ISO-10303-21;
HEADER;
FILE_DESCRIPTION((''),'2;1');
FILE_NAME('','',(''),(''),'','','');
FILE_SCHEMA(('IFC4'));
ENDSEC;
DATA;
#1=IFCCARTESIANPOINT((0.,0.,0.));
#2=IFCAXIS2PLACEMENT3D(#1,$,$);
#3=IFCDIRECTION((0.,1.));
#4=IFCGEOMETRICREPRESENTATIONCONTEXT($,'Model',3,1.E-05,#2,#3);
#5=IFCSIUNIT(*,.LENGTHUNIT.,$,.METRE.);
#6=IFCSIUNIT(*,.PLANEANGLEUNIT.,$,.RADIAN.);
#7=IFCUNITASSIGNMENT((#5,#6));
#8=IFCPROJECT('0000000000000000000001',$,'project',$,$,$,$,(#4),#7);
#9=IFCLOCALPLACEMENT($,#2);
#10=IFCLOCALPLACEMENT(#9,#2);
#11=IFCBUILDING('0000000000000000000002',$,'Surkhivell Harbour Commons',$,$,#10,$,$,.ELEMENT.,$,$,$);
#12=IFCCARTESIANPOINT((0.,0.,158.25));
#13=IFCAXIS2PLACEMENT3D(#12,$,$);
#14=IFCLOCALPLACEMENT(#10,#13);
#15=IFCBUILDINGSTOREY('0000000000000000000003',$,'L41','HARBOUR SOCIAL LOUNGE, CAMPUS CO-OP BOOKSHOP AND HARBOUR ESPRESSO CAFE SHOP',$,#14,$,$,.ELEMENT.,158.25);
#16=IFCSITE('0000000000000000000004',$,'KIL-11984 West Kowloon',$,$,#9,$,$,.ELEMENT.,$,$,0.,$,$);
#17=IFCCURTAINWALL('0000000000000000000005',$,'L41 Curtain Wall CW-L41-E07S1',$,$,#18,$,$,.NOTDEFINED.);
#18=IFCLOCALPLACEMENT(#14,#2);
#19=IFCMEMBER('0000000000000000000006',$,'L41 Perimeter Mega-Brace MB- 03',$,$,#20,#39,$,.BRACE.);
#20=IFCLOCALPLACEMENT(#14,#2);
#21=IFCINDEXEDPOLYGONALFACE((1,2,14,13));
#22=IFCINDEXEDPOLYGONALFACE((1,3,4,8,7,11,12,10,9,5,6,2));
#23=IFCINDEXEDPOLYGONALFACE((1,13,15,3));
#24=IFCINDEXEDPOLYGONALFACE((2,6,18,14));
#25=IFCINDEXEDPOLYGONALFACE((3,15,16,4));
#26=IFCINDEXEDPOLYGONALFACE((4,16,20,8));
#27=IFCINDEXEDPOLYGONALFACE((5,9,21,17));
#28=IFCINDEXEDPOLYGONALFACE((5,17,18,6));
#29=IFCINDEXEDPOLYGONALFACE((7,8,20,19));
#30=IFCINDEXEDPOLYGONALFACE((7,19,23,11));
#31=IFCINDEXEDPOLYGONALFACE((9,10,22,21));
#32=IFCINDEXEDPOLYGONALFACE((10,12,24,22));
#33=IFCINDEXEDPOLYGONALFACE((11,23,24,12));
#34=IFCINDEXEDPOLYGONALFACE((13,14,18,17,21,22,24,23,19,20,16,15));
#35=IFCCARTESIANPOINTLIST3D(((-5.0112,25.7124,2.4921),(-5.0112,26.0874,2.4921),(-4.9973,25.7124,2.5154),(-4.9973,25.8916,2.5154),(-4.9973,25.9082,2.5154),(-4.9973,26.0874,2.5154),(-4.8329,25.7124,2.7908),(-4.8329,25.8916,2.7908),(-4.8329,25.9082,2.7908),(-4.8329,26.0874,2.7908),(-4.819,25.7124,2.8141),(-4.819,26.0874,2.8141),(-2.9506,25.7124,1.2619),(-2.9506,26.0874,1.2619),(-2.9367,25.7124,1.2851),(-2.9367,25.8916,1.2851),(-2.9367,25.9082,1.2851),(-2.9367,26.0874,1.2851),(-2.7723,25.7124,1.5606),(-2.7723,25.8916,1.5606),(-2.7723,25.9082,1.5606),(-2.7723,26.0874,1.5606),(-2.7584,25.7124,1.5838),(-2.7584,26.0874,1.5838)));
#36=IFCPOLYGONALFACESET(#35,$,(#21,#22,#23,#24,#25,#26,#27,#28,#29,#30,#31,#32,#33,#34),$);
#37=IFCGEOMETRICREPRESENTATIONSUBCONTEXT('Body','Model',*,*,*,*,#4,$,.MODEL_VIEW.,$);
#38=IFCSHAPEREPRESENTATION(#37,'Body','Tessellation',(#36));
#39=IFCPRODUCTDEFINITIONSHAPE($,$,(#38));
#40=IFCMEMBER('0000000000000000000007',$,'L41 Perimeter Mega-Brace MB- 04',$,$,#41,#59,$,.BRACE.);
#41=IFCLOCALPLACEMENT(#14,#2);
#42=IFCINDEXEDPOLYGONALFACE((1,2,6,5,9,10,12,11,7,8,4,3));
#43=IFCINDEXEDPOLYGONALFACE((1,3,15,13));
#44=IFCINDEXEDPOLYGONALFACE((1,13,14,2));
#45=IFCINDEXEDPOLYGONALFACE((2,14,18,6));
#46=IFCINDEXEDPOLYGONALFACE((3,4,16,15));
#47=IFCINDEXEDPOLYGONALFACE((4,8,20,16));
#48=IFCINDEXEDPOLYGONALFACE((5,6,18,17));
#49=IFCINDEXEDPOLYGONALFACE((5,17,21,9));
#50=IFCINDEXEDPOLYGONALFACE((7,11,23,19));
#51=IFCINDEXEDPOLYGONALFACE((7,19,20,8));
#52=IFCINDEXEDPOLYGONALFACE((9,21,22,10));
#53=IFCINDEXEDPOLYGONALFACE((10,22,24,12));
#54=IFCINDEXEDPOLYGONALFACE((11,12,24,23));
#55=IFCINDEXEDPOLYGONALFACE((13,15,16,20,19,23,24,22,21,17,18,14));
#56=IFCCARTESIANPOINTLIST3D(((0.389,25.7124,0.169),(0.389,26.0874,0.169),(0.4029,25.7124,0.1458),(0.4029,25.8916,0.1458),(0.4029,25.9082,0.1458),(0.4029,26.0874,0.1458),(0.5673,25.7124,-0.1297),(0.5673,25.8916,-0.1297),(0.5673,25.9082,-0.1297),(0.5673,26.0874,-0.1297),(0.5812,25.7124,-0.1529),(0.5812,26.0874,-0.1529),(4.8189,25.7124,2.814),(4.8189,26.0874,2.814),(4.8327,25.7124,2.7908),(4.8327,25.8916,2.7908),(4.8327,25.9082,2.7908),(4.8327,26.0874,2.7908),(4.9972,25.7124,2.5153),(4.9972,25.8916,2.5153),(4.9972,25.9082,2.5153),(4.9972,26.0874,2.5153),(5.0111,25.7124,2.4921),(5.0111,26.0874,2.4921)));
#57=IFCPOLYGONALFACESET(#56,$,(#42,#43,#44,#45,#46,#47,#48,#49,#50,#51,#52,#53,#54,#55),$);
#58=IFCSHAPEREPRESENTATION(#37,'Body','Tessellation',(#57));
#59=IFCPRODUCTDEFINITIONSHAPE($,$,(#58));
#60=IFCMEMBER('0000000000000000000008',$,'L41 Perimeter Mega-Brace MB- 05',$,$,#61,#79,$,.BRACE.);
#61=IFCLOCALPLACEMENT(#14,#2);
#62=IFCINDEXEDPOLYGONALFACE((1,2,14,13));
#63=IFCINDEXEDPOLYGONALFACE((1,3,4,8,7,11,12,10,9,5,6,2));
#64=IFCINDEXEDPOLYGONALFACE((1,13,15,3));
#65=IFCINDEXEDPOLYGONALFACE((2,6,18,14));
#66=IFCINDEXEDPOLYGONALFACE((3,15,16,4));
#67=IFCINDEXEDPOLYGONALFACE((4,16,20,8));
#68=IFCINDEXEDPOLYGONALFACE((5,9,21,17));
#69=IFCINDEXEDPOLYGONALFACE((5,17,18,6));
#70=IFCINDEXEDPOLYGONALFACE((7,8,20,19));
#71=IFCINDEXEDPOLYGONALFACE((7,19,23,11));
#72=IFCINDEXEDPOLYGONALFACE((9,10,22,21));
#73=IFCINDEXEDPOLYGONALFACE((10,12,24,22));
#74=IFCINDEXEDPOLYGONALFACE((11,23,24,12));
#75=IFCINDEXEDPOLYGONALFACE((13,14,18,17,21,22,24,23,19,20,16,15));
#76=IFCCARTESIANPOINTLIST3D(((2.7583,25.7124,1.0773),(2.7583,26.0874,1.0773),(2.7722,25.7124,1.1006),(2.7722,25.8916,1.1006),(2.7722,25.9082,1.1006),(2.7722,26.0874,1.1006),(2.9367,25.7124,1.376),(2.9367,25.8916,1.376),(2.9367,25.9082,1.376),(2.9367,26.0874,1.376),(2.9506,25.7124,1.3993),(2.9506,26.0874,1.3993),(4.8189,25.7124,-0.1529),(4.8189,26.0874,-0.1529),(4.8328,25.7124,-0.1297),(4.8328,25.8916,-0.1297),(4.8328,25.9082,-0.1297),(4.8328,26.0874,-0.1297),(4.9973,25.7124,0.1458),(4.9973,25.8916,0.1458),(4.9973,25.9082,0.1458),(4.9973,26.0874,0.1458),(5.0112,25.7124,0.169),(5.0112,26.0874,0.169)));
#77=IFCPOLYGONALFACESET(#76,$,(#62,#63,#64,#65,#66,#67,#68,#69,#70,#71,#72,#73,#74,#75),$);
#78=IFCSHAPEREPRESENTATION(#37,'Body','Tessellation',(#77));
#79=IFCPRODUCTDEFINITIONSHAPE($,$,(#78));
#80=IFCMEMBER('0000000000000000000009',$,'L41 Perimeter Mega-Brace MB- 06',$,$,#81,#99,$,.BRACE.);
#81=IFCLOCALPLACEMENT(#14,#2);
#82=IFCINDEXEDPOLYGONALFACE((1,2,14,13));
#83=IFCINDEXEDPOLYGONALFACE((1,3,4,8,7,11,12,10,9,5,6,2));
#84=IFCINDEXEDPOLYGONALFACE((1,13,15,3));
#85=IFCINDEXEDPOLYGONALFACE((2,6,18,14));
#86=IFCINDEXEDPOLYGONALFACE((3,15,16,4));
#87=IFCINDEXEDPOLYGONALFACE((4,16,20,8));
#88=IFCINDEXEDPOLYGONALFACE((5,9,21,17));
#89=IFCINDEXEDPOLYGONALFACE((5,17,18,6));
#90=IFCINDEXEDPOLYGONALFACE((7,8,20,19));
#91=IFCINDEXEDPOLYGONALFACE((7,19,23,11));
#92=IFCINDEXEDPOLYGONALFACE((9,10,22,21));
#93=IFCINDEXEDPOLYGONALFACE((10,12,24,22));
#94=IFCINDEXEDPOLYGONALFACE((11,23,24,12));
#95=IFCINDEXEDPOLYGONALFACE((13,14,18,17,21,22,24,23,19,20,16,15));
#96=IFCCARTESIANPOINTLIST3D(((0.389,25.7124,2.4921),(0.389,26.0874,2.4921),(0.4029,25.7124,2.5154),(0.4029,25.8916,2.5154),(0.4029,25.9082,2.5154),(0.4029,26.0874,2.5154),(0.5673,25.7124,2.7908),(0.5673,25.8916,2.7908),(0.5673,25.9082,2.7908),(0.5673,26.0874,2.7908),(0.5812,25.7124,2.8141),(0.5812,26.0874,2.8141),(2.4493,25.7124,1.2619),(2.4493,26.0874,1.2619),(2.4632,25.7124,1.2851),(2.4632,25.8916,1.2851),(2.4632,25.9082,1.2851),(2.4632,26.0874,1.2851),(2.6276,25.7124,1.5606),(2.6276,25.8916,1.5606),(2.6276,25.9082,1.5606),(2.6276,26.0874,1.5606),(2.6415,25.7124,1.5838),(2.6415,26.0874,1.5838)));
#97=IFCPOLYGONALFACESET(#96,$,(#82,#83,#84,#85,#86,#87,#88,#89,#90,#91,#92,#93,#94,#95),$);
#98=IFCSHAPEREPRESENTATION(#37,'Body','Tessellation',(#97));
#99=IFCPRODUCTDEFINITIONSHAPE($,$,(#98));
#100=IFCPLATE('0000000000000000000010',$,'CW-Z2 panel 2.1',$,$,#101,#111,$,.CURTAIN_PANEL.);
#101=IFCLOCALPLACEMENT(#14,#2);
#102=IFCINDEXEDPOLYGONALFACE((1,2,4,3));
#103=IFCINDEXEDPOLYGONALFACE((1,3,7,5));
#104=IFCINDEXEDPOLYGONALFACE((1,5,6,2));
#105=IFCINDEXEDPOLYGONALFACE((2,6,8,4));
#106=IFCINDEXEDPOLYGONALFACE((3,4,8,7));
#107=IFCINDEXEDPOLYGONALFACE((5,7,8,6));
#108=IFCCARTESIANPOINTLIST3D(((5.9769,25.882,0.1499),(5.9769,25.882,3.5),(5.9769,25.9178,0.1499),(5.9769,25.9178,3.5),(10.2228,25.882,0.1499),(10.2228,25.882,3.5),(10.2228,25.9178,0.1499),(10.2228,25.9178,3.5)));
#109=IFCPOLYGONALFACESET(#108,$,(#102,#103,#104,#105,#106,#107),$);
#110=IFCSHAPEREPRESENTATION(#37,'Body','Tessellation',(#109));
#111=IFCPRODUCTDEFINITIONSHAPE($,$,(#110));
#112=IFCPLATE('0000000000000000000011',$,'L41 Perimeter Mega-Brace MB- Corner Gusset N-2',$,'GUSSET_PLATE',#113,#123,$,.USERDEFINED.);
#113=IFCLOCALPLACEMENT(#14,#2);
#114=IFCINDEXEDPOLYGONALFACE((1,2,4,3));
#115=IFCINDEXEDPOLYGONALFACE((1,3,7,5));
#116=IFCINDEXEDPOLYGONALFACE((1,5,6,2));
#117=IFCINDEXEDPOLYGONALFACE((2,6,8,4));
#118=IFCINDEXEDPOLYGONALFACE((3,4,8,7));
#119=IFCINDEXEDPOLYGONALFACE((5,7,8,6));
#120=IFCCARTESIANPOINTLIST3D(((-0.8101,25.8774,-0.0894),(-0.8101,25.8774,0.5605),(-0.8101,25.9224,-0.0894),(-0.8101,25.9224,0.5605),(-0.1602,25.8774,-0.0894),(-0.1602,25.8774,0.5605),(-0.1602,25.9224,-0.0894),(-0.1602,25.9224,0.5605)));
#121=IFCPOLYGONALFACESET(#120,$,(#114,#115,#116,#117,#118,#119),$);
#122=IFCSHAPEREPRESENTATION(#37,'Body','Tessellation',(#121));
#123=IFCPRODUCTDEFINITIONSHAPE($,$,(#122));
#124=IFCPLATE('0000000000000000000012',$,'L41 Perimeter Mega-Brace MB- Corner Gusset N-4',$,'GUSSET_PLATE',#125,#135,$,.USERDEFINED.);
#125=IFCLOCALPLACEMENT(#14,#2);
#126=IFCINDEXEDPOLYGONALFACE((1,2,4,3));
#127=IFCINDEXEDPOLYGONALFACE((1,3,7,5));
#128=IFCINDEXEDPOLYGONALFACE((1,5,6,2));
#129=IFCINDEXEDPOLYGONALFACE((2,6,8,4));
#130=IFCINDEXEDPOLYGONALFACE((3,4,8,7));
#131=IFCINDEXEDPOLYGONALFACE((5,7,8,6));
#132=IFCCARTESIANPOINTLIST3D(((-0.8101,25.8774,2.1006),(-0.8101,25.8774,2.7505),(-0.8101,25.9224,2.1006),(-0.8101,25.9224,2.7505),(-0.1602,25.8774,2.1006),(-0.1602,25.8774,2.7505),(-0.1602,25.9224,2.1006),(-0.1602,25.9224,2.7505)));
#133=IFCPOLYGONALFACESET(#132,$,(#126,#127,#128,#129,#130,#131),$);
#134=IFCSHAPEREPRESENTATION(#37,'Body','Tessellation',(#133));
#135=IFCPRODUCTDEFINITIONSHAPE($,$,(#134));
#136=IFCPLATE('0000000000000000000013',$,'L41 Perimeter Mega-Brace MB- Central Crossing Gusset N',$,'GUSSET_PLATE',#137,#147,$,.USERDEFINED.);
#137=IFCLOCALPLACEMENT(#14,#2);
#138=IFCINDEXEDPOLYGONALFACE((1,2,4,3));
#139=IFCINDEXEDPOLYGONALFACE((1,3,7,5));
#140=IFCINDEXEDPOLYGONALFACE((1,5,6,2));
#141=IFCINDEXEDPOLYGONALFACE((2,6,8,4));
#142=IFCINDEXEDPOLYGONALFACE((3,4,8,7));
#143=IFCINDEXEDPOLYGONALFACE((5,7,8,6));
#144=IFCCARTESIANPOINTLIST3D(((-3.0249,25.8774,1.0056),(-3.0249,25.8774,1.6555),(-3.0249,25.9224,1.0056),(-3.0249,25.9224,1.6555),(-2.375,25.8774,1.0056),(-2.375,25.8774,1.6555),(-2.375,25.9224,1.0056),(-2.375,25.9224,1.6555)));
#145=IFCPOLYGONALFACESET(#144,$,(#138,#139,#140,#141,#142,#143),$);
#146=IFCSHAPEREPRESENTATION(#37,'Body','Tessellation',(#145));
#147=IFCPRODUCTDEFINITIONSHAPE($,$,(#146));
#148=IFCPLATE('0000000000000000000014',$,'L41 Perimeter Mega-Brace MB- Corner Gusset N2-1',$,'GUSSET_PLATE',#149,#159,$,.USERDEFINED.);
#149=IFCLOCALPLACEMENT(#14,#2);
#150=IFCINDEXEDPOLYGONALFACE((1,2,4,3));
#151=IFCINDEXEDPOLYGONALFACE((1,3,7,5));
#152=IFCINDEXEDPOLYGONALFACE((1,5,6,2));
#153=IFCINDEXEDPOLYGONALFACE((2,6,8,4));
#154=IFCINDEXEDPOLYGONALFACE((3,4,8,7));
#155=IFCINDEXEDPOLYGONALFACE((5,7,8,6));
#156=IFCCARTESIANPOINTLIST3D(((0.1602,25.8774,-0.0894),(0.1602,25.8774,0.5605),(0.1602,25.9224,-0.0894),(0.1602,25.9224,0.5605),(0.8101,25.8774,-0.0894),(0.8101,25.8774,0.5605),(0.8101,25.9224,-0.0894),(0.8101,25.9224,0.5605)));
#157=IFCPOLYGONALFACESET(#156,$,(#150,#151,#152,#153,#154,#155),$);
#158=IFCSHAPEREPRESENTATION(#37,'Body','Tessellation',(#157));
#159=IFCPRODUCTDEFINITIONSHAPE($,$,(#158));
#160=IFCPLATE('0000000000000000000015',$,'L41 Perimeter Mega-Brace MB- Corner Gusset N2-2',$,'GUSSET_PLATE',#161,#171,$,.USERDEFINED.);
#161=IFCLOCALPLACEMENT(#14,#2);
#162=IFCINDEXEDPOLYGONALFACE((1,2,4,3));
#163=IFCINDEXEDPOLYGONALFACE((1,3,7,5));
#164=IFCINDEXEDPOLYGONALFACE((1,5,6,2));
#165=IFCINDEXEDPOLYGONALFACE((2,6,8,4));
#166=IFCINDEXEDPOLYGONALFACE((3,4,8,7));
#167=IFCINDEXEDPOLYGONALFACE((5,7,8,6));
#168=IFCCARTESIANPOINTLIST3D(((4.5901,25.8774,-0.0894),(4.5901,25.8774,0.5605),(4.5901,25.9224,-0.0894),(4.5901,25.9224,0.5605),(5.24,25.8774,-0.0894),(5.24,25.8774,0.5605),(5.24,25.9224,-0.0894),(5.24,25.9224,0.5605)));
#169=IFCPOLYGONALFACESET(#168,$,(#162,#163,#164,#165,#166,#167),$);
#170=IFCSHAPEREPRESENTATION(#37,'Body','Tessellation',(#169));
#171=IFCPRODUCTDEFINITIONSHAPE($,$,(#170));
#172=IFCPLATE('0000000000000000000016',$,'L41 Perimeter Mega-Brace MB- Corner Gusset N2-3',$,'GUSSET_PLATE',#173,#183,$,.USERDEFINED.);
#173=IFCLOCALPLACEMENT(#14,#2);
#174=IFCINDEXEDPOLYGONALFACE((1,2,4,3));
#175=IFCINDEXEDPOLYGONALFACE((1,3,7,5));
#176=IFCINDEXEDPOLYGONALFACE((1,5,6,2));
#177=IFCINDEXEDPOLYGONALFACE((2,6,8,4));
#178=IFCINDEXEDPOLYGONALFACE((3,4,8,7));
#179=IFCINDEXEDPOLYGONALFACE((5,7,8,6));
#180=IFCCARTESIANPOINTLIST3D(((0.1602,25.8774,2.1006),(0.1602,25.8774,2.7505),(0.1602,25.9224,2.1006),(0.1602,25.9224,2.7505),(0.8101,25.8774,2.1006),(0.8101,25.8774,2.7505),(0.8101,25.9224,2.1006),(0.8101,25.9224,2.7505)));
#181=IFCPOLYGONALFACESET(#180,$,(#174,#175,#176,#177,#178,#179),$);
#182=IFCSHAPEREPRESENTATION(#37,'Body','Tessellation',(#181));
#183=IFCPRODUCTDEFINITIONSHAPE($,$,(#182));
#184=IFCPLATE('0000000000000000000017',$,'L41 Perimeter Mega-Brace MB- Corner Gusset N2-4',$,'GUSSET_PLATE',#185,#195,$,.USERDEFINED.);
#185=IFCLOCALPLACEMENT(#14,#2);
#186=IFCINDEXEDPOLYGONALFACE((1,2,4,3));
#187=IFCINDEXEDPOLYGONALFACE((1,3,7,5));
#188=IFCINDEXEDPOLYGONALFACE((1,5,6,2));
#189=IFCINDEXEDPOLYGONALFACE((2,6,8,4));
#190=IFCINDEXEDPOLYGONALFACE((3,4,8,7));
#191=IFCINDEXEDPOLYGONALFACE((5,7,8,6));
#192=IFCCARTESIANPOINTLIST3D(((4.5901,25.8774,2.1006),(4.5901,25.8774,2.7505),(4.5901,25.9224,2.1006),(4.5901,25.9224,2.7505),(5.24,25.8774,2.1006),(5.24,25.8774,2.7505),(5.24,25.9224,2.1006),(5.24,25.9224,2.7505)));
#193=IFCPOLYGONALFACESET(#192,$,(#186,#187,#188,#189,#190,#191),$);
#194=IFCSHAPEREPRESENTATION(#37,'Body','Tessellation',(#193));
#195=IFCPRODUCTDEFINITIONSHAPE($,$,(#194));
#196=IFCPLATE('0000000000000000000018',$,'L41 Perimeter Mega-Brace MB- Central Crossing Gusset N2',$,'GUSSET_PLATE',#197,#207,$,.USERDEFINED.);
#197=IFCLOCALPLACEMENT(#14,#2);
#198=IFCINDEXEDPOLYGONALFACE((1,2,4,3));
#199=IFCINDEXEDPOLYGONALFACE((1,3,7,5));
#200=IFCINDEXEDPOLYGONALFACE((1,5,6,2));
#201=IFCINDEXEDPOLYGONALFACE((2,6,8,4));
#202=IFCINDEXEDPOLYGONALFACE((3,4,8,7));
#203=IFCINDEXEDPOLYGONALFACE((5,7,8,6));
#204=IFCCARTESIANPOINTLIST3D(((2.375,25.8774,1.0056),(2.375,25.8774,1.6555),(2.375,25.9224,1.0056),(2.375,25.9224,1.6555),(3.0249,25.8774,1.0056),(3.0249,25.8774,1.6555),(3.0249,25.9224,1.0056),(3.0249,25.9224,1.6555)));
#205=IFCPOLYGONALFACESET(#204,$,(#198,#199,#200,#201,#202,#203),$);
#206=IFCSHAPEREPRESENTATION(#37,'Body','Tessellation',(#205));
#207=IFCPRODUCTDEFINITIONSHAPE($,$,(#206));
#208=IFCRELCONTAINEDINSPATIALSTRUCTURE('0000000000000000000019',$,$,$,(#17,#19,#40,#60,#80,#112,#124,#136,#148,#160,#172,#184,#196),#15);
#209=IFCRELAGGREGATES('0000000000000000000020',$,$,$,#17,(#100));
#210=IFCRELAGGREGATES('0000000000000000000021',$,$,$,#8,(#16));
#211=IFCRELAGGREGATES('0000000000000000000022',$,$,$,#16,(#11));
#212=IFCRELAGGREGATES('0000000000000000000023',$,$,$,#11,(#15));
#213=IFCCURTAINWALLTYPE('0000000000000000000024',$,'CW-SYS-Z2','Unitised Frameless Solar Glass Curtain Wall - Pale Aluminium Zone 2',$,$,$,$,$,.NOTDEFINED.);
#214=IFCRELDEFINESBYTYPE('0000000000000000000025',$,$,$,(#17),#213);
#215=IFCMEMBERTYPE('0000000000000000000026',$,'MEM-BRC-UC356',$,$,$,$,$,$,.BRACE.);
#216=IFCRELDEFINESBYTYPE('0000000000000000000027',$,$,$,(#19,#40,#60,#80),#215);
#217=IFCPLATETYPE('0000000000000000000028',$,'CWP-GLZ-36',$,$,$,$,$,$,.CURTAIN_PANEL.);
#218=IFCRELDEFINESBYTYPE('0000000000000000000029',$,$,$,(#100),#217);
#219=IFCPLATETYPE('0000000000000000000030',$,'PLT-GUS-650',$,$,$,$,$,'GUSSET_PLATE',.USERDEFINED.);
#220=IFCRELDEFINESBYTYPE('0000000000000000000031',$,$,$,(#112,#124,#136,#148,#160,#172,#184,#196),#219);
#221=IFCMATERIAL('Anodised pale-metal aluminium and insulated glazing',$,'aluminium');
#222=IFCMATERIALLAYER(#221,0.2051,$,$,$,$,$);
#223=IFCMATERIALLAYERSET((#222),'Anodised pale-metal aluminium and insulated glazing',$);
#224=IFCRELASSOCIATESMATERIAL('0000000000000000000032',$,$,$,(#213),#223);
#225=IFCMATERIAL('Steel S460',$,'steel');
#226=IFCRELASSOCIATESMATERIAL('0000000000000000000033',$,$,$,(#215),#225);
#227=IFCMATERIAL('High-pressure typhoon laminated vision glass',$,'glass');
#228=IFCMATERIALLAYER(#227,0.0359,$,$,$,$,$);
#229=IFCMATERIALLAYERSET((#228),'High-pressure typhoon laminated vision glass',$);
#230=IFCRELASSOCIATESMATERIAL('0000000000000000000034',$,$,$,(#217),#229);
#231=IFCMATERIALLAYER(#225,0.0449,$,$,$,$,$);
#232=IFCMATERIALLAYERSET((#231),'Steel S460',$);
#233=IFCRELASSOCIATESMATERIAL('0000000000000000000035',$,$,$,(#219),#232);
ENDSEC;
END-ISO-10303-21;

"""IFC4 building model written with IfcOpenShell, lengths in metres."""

from ifc_helpers import new_model, si_unit, direction, frame, frame_2d, origin, origin_2d, place, context, subcontext, project, spatial, rectangle, i_section, extrude, material, layer, layer_set, material_profile, profile_set, type_object, element, aggregate, save


model = new_model("IFC4")

# Units and contexts
model_context = context("Model", 3, precision=1e-05, world=origin(), true_north=direction((0.0, 1.0)))
body_context = subcontext(model_context, "Body", "Model", "MODEL_VIEW")
ifc_project = project(units=[si_unit("LENGTHUNIT", "METRE"), si_unit("PLANEANGLEUNIT", "RADIAN")], contexts=[model_context])

# Site, building, storey
site_placement = place(None, origin())
site = spatial("IfcSite", under=ifc_project, at=site_placement, Name="KIL-11984 West Kowloon", CompositionType="ELEMENT", RefElevation=0.0)
building_placement = place(site_placement, origin())
building = spatial("IfcBuilding", under=site, at=building_placement, Name="Surkhivell Harbour Commons", CompositionType="ELEMENT")
storey_placement = place(building_placement, frame((0.0, 0.0, 158.25)))
storey = spatial("IfcBuildingStorey", under=building, at=storey_placement, Name="L41", Description="HARBOUR SOCIAL LOUNGE, CAMPUS CO-OP BOOKSHOP AND HARBOUR ESPRESSO CAFE SHOP", CompositionType="ELEMENT", Elevation=158.25)

# Shared definitions
ifc_material_1 = material(Name="Steel S460", Category="steel")

# Curtain wall
ifc_material_2 = material(Name="Anodised pale-metal aluminium and insulated glazing", Category="aluminium")
ifc_layer_1 = layer(ifc_material_2, 0.2051)
ifc_layer_set_1 = layer_set([ifc_layer_1], Name="Anodised pale-metal aluminium and insulated glazing")
curtain_wall_type = type_object("IfcCurtainWallType", Name="CW-SYS-Z2", Description="Unitised Frameless Solar Glass Curtain Wall - Pale Aluminium Zone 2", PredefinedType="NOTDEFINED", material=ifc_layer_set_1)
curtain_wall_placement = place(storey_placement, origin())
curtain_wall = element("IfcCurtainWall", 1, at=curtain_wall_placement, inside=storey, type_object=curtain_wall_type, Name="L41 Curtain Wall CW-L41-E07S1", PredefinedType="NOTDEFINED")

# Members
ifc_material_profile_1 = material_profile(ifc_material_1, i_section(OverallWidth=0.375, OverallDepth=0.375, WebThickness=0.0166, FlangeThickness=0.0271, at=origin_2d()), Name="UC356x368x202")
ifc_profile_set_1 = profile_set([ifc_material_profile_1], Name="Steel S460")
member_type_1 = type_object("IfcMemberType", Name="MEM-BRC-UC356", PredefinedType="BRACE", material=ifc_profile_set_1)
member_1_placement = place(storey_placement, frame((-2.8545, 25.8999, 1.4229), z_axis=(-0.858613, 0.0, 0.512624), x_axis=(0.0, -1.0, 0.0)))
element("IfcMember", 2, at=member_1_placement, inside=storey, type_object=member_type_1, Name="L41 Perimeter Mega-Brace MB- 03", PredefinedType="BRACE", context=body_context, shape_type="SweptSolid", body=[
    extrude(i_section(OverallWidth=0.375, OverallDepth=0.375, WebThickness=0.0166, FlangeThickness=0.0271, at=origin_2d()), origin(), (0.0, 0.0, 1.0), 2.3999),
])
member_2_placement = place(storey_placement, frame((0.4851, 25.8999, 0.0081), z_axis=(0.858597, 0.0, 0.512651), x_axis=(0.0, 1.0, 0.0)))
element("IfcMember", 3, at=member_2_placement, inside=storey, type_object=member_type_1, Name="L41 Perimeter Mega-Brace MB- 04", PredefinedType="BRACE", context=body_context, shape_type="SweptSolid", body=[
    extrude(i_section(OverallWidth=0.375, OverallDepth=0.375, WebThickness=0.0166, FlangeThickness=0.0271, at=origin_2d()), origin(), (0.0, 0.0, 1.0), 5.1594),
])
member_3_placement = place(storey_placement, frame((4.915, 25.8999, 0.0081), z_axis=(-0.858613, 0.0, 0.512624), x_axis=(0.0, -1.0, 0.0)))
element("IfcMember", 4, at=member_3_placement, inside=storey, type_object=member_type_1, Name="L41 Perimeter Mega-Brace MB- 05", PredefinedType="BRACE", context=body_context, shape_type="SweptSolid", body=[
    extrude(i_section(OverallWidth=0.375, OverallDepth=0.375, WebThickness=0.0166, FlangeThickness=0.0271, at=origin_2d()), origin(), (0.0, 0.0, 1.0), 2.3999),
])
member_4_placement = place(storey_placement, frame((2.5454, 25.8999, 1.4229), z_axis=(-0.858586, 0.0, 0.512669), x_axis=(0.0, -1.0, 0.0)))
element("IfcMember", 5, at=member_4_placement, inside=storey, type_object=member_type_1, Name="L41 Perimeter Mega-Brace MB- 06", PredefinedType="BRACE", context=body_context, shape_type="SweptSolid", body=[
    extrude(i_section(OverallWidth=0.375, OverallDepth=0.375, WebThickness=0.0166, FlangeThickness=0.0271, at=origin_2d()), origin(), (0.0, 0.0, 1.0), 2.3997),
])

# Plate
ifc_material_3 = material(Name="High-pressure typhoon laminated vision glass", Category="glass")
ifc_layer_2 = layer(ifc_material_3, 0.0359)
ifc_layer_set_2 = layer_set([ifc_layer_2], Name="High-pressure typhoon laminated vision glass")
plate_type_1 = type_object("IfcPlateType", Name="CWP-GLZ-36", PredefinedType="CURTAIN_PANEL", material=ifc_layer_set_2)
plate_placement = place(storey_placement, frame((10.2229, 25.8999, 0.1499), z_axis=(0.0, 0.0, 1.0), x_axis=(-1.0, 0.0, 0.0)))
plate = element("IfcPlate", 6, at=plate_placement, type_object=plate_type_1, Name="CW-Z2 panel 2.1", PredefinedType="CURTAIN_PANEL", context=body_context, shape_type="SweptSolid", body=[
    extrude(rectangle(XDim=4.2458, YDim=0.0359, at=frame_2d((2.123, 0.0))), origin(), (0.0, 0.0, 1.0), 3.3501),
])
aggregate(curtain_wall, [plate])

# Plates
ifc_layer_3 = layer(ifc_material_1, 0.0449)
ifc_layer_set_3 = layer_set([ifc_layer_3], Name="Steel S460")
plate_type_2 = type_object("IfcPlateType", Name="PLT-GUS-650", ElementType="GUSSET_PLATE", PredefinedType="USERDEFINED", material=ifc_layer_set_3)
for number, where, z_axis, x_axis, name in (
    (7, (-0.4851, 25.8999, -0.0894), (0.0, 0.0, 1.0), (1.0, 0.0, 0.0), "L41 Perimeter Mega-Brace MB- Corner Gusset N-2"),
    (8, (-0.4851, 25.8999, 2.1006), (0.0, 0.0, 1.0), (1.0, 0.0, 0.0), "L41 Perimeter Mega-Brace MB- Corner Gusset N-4"),
    (9, (-2.7, 25.8999, 1.0056), (0.0, 0.0, 1.0), (1.0, 0.0, 0.0), "L41 Perimeter Mega-Brace MB- Central Crossing Gusset N"),
    (10, (0.4851, 25.8999, -0.0894), (0.0, 0.0, 1.0), (1.0, 0.0, 0.0), "L41 Perimeter Mega-Brace MB- Corner Gusset N2-1"),
    (11, (4.915, 25.8999, -0.0894), (0.0, 0.0, 1.0), (1.0, 0.0, 0.0), "L41 Perimeter Mega-Brace MB- Corner Gusset N2-2"),
    (12, (0.4851, 25.8999, 2.1006), (0.0, 0.0, 1.0), (1.0, 0.0, 0.0), "L41 Perimeter Mega-Brace MB- Corner Gusset N2-3"),
    (13, (4.915, 25.8999, 2.1006), (0.0, 0.0, 1.0), (1.0, 0.0, 0.0), "L41 Perimeter Mega-Brace MB- Corner Gusset N2-4"),
    (14, (2.7, 25.8999, 1.0056), (0.0, 0.0, 1.0), (1.0, 0.0, 0.0), "L41 Perimeter Mega-Brace MB- Central Crossing Gusset N2"),
):
    element("IfcPlate", number, at=place(storey_placement, frame(where, z_axis=z_axis, x_axis=x_axis)), inside=storey, type_object=plate_type_2, Name=name, ObjectType="GUSSET_PLATE", PredefinedType="USERDEFINED", context=body_context, shape_type="SweptSolid", body=[
        extrude(rectangle(XDim=0.6499, YDim=0.0449, at=origin_2d()), origin(), (0.0, 0.0, 1.0), 0.6499),
    ])

save(model, "model.ifc")
